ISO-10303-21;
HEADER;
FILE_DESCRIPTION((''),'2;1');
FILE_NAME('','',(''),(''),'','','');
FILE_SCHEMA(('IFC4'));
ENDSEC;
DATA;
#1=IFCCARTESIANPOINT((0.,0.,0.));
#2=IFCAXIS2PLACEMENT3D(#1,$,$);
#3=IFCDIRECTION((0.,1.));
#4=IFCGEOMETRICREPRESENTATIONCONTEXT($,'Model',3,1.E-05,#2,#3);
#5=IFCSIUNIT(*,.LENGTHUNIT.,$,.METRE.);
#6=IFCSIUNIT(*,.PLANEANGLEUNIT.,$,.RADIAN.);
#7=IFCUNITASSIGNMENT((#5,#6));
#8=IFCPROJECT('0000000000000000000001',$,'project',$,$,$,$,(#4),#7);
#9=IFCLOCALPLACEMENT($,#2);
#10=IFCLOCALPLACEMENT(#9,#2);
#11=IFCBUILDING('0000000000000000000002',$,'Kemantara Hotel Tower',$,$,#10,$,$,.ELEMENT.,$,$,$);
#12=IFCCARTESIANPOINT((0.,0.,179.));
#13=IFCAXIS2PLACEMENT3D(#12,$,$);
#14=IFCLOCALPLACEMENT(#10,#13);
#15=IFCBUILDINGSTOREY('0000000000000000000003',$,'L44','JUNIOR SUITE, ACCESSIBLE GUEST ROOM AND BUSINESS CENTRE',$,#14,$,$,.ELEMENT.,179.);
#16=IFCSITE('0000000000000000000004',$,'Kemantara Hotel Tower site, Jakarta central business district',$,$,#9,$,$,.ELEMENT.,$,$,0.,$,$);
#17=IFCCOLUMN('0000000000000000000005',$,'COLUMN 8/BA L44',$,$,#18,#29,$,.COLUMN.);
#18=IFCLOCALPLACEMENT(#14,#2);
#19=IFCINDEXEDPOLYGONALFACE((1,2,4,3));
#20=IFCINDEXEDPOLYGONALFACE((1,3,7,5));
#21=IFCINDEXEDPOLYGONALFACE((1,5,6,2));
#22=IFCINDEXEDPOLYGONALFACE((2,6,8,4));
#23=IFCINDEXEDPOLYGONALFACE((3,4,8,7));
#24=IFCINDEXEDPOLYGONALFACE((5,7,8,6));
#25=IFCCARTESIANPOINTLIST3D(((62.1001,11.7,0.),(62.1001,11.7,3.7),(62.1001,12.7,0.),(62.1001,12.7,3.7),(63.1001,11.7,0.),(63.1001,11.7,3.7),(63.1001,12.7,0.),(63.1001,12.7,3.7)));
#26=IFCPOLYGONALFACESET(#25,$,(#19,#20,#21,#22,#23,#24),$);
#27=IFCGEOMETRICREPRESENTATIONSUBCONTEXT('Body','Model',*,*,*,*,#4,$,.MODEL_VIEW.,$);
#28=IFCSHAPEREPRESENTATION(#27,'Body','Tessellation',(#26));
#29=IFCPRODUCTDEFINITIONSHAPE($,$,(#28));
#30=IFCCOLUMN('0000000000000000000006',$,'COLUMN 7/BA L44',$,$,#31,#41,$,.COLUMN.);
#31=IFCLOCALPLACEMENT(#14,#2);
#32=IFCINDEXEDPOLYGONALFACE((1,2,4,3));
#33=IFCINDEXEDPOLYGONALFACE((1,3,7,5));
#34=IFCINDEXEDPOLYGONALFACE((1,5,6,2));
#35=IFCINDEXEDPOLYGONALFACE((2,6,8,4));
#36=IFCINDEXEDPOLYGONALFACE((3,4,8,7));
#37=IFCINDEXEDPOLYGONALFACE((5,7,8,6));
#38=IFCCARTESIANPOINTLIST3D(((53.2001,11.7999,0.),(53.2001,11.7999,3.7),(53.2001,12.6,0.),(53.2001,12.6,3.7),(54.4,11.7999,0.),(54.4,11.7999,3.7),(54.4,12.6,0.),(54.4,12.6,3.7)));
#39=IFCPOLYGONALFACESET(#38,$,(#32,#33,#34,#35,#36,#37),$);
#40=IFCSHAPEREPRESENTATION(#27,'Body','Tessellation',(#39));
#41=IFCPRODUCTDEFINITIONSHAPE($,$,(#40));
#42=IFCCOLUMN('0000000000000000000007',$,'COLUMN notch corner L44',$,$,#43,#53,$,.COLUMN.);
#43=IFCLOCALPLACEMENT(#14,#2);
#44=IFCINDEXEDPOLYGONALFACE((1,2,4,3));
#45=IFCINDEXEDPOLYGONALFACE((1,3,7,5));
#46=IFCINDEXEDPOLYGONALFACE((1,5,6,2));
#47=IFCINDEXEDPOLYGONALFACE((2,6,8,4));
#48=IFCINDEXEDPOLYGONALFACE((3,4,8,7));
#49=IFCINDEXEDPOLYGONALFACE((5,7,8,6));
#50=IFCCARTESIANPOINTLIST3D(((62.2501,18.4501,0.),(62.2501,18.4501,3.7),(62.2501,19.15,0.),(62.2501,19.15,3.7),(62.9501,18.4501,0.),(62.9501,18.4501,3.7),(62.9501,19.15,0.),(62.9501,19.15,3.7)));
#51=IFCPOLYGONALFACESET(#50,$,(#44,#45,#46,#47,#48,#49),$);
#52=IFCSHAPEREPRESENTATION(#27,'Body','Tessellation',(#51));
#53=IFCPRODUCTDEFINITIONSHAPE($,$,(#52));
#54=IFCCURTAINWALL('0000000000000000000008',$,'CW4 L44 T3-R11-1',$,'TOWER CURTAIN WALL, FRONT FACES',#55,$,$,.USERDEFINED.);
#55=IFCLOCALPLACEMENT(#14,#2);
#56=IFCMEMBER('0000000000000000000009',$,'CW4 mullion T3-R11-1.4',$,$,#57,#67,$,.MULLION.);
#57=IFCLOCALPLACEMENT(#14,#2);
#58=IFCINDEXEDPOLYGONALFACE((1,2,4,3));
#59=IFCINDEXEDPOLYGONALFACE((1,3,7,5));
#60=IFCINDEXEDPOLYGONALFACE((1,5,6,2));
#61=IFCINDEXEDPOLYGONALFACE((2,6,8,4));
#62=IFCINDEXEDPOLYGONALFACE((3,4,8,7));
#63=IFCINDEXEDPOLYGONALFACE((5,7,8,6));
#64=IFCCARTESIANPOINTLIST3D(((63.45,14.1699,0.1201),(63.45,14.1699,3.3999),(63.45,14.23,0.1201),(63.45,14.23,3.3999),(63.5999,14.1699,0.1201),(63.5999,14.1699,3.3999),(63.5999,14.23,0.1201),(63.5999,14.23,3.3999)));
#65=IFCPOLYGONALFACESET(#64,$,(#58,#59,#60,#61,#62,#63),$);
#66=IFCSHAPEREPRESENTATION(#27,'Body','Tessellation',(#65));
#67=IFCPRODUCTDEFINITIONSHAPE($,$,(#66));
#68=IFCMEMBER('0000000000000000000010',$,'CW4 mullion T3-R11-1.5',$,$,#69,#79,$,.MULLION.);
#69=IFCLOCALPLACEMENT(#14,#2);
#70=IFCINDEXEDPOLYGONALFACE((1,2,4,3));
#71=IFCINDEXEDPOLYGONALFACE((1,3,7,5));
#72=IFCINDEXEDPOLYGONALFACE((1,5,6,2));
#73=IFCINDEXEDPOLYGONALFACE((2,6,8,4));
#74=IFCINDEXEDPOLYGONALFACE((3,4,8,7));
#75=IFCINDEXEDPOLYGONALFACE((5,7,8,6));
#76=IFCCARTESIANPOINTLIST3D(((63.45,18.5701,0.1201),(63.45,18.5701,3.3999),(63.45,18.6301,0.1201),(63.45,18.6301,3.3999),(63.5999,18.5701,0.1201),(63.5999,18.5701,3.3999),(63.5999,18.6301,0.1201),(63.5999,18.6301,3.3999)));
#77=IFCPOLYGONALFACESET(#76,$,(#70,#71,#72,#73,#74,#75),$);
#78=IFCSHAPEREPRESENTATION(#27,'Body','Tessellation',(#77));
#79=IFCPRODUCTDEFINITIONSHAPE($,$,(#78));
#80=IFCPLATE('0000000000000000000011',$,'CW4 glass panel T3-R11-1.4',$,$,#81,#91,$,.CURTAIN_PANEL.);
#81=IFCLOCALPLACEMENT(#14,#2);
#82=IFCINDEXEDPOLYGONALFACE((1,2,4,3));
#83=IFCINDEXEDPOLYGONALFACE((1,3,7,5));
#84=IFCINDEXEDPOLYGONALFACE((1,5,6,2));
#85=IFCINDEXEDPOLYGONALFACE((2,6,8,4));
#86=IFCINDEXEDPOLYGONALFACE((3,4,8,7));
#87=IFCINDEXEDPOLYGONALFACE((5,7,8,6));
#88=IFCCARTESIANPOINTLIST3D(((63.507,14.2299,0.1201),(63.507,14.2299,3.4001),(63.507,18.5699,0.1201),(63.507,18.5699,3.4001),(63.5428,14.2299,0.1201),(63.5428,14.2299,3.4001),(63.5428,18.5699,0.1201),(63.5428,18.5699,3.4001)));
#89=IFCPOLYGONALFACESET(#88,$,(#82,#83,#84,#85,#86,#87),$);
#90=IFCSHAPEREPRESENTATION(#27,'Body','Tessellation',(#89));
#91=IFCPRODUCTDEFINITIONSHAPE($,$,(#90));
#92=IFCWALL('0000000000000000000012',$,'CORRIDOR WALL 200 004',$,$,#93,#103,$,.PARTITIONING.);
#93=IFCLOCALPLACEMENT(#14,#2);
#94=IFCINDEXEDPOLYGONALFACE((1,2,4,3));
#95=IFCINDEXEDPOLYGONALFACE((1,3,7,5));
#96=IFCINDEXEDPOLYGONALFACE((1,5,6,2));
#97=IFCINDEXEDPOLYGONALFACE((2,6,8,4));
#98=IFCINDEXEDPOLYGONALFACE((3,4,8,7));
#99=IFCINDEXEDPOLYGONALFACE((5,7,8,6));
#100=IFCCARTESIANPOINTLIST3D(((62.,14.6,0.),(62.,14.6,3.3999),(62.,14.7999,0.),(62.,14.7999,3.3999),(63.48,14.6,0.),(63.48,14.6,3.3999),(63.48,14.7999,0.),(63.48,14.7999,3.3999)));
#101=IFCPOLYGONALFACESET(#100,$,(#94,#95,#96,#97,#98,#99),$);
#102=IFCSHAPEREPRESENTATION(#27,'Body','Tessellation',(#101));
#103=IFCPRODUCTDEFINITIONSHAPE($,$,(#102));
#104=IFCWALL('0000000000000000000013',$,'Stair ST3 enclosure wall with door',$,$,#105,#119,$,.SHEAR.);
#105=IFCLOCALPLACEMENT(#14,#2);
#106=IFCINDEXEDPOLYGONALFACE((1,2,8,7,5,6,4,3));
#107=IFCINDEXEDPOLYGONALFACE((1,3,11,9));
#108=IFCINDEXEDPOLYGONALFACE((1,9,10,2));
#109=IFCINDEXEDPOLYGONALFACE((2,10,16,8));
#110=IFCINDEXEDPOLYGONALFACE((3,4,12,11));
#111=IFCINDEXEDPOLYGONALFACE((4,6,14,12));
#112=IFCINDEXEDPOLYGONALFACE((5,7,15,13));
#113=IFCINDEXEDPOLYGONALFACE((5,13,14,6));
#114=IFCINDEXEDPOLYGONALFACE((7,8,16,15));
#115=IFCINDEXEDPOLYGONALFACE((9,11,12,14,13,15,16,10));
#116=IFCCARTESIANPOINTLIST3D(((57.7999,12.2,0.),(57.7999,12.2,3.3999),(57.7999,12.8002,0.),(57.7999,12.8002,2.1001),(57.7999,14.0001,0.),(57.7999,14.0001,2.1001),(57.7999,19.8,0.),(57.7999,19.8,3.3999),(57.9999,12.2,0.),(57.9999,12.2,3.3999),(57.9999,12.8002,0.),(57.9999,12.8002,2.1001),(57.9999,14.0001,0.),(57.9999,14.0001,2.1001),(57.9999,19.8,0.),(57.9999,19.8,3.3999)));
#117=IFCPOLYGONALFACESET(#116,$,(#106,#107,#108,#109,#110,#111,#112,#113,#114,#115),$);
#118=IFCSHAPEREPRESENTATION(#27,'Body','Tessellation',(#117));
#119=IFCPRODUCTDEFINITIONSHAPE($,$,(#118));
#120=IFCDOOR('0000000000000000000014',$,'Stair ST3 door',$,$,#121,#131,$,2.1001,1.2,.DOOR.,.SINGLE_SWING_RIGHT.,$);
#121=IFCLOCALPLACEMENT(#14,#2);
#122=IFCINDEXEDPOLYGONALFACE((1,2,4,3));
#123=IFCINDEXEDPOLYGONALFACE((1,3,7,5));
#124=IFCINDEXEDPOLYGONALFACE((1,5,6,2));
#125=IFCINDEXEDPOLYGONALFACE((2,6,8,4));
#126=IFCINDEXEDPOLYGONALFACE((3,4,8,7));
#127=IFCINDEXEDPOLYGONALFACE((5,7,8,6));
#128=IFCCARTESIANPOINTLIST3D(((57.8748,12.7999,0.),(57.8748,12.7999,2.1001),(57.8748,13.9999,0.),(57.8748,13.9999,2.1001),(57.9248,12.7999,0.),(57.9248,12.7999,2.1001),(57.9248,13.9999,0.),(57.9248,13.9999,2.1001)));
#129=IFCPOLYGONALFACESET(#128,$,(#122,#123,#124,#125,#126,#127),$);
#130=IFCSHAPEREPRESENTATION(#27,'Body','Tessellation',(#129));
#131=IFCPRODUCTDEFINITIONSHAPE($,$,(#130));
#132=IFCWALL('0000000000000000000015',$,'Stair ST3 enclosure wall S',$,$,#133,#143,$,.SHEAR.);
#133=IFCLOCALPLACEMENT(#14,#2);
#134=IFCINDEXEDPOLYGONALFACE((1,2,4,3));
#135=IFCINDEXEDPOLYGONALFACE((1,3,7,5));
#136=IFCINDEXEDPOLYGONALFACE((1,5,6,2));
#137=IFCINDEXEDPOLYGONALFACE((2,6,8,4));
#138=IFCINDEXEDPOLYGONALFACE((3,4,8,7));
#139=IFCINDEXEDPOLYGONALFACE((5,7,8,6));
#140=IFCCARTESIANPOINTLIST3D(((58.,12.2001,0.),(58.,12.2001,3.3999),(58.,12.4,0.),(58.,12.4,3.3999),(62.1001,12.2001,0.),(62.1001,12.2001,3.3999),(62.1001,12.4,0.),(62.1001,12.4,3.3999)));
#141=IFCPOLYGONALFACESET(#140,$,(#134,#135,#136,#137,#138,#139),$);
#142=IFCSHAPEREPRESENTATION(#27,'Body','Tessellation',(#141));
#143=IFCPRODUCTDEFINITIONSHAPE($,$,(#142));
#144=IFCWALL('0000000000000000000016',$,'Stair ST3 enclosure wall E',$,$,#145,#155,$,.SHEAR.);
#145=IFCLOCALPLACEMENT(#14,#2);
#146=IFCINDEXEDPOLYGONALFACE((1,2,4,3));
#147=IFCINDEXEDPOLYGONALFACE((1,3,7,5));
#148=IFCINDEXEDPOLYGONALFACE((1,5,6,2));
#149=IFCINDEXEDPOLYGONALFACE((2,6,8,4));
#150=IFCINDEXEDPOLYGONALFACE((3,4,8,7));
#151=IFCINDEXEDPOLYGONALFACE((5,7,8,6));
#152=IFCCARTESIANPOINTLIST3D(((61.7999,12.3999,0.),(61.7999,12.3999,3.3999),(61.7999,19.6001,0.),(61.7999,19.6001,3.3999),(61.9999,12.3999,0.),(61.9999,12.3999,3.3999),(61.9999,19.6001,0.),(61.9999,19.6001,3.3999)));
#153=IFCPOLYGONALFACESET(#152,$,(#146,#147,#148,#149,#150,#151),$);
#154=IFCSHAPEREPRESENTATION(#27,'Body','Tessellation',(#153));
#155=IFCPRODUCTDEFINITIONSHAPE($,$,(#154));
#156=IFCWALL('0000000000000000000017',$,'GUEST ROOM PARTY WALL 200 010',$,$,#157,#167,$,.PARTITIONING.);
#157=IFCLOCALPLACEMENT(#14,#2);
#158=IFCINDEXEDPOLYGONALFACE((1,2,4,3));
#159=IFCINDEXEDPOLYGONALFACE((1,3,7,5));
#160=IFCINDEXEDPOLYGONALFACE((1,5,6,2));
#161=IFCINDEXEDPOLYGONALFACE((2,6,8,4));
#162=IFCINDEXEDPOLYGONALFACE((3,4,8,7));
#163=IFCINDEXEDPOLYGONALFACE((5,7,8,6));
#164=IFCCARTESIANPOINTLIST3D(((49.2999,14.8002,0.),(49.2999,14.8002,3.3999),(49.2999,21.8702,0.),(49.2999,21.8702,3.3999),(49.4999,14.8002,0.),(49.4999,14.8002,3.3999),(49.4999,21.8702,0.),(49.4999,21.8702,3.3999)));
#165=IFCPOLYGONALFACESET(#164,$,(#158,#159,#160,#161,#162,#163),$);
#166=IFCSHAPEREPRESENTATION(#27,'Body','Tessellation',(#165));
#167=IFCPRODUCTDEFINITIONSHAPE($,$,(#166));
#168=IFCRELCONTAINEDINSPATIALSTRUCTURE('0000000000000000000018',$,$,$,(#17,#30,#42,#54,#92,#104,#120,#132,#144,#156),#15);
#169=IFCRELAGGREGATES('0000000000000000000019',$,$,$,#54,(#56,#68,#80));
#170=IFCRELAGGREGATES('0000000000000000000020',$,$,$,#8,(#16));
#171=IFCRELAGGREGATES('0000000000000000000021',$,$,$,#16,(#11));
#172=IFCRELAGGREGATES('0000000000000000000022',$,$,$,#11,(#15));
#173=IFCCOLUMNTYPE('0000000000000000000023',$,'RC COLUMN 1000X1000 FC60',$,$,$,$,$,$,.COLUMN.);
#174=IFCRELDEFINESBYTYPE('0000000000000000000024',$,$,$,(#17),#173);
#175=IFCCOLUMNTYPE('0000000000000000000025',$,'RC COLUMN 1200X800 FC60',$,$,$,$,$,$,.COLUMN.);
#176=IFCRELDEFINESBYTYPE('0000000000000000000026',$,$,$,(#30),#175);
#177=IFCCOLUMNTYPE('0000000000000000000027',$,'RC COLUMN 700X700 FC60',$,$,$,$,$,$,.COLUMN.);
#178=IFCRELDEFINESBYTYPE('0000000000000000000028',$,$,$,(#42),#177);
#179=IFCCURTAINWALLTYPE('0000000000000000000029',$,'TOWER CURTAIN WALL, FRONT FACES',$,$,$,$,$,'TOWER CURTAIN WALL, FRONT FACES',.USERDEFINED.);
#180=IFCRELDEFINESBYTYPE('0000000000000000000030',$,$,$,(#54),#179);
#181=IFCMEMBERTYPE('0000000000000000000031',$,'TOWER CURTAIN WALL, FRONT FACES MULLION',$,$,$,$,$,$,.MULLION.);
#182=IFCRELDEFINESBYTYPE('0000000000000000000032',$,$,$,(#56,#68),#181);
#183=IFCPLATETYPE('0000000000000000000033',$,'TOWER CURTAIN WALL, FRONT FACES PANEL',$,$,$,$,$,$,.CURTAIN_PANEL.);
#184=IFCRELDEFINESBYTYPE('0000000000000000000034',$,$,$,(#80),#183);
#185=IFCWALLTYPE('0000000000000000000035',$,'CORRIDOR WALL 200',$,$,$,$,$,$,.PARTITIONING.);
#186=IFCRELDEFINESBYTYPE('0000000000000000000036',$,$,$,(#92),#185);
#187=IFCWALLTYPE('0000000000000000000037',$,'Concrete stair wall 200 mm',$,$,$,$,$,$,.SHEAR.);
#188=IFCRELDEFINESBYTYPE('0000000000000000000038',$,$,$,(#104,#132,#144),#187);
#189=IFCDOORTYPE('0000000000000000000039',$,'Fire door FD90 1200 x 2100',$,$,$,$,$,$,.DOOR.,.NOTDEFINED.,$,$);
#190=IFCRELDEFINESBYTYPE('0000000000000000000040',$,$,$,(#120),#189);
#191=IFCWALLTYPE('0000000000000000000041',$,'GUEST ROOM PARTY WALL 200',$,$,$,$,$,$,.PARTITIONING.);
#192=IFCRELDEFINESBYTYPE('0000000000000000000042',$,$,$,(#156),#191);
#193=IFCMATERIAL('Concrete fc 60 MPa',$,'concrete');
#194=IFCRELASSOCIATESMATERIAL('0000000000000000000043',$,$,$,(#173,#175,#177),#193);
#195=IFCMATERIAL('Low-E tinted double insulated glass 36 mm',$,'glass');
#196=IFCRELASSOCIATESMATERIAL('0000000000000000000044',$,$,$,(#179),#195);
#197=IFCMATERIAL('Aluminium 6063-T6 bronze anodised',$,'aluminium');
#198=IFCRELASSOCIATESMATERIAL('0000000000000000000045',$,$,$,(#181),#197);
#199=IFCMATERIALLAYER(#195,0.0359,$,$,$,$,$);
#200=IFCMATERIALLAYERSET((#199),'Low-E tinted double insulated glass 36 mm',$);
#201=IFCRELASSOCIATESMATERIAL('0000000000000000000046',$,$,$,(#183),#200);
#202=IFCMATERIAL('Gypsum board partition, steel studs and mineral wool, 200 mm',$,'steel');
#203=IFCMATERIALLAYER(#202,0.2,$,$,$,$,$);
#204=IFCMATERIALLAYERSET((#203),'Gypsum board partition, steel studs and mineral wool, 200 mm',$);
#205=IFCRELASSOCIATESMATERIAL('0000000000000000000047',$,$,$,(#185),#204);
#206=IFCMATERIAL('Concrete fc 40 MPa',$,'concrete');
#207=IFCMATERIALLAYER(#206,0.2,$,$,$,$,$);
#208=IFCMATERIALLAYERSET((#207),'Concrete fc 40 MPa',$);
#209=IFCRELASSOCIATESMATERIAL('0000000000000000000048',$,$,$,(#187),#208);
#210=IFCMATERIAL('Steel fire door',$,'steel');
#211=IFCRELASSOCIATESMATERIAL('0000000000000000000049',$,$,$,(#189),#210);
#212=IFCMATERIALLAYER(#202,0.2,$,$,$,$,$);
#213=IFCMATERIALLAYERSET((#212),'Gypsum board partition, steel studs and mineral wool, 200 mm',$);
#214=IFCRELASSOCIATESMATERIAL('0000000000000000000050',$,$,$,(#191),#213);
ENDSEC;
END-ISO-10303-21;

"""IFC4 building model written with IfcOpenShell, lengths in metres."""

from ifc_helpers import new_model, si_unit, direction, frame, frame_2d, origin, origin_2d, place, context, subcontext, project, spatial, rectangle, extrude, source, transform, mapped, material, layer, layer_set, material_profile, profile_set, type_object, element, fill, aggregate, save


model = new_model("IFC4")

# Units and contexts
model_context = context("Model", 3, precision=1e-05, world=origin(), true_north=direction((0.0, 1.0)))
body_context = subcontext(model_context, "Body", "Model", "MODEL_VIEW")
ifc_project = project(units=[si_unit("LENGTHUNIT", "METRE"), si_unit("PLANEANGLEUNIT", "RADIAN")], contexts=[model_context])

# Site, building, storey
site_placement = place(None, origin())
site = spatial("IfcSite", under=ifc_project, at=site_placement, Name="Kemantara Hotel Tower site, Jakarta central business district", CompositionType="ELEMENT", RefElevation=0.0)
building_placement = place(site_placement, origin())
building = spatial("IfcBuilding", under=site, at=building_placement, Name="Kemantara Hotel Tower", CompositionType="ELEMENT")
storey_placement = place(building_placement, frame((0.0, 0.0, 179.0)))
storey = spatial("IfcBuildingStorey", under=building, at=storey_placement, Name="L44", Description="JUNIOR SUITE, ACCESSIBLE GUEST ROOM AND BUSINESS CENTRE", CompositionType="ELEMENT", Elevation=179.0)

# Columns
ifc_material_1 = material(Name="Concrete fc 60 MPa", Category="concrete")
ifc_material_profile_1 = material_profile(ifc_material_1, rectangle(XDim=1.0, YDim=1.0, at=origin_2d()), Name="RC 1000X1000")
ifc_profile_set_1 = profile_set([ifc_material_profile_1], Name="Concrete fc 60 MPa")
column_type_1 = type_object("IfcColumnType", Name="RC COLUMN 1000X1000 FC60", PredefinedType="COLUMN", material=ifc_profile_set_1)
column_1_placement = place(storey_placement, frame((62.6001, 12.2, 0.0), z_axis=(0.0, 0.0, 1.0), x_axis=(1.0, 0.0, 0.0)))
element("IfcColumn", 1, at=column_1_placement, inside=storey, type_object=column_type_1, Name="COLUMN 8/BA L44", PredefinedType="COLUMN", context=body_context, shape_type="SweptSolid", body=[
    extrude(rectangle(XDim=1.0, YDim=1.0, at=origin_2d()), origin(), (0.0, 0.0, 1.0), 3.7),
])
ifc_material_profile_2 = material_profile(ifc_material_1, rectangle(XDim=1.2, YDim=0.8, at=origin_2d()), Name="RC 1200X800")
ifc_profile_set_2 = profile_set([ifc_material_profile_2], Name="Concrete fc 60 MPa")
column_type_2 = type_object("IfcColumnType", Name="RC COLUMN 1200X800 FC60", PredefinedType="COLUMN", material=ifc_profile_set_2)
column_2_placement = place(storey_placement, frame((53.8, 12.2, 0.0), z_axis=(0.0, 0.0, 1.0), x_axis=(1.0, 0.0, 0.0)))
element("IfcColumn", 2, at=column_2_placement, inside=storey, type_object=column_type_2, Name="COLUMN 7/BA L44", PredefinedType="COLUMN", context=body_context, shape_type="SweptSolid", body=[
    extrude(rectangle(XDim=1.2, YDim=0.8, at=origin_2d()), origin(), (0.0, 0.0, 1.0), 3.7),
])
ifc_material_profile_3 = material_profile(ifc_material_1, rectangle(XDim=0.7, YDim=0.7, at=origin_2d()), Name="RC 700X700")
ifc_profile_set_3 = profile_set([ifc_material_profile_3], Name="Concrete fc 60 MPa")
column_type_3 = type_object("IfcColumnType", Name="RC COLUMN 700X700 FC60", PredefinedType="COLUMN", material=ifc_profile_set_3)
column_3_placement = place(storey_placement, frame((62.6001, 18.8, 0.0), z_axis=(0.0, 0.0, 1.0), x_axis=(1.0, 0.0, 0.0)))
element("IfcColumn", 3, at=column_3_placement, inside=storey, type_object=column_type_3, Name="COLUMN notch corner L44", PredefinedType="COLUMN", context=body_context, shape_type="SweptSolid", body=[
    extrude(rectangle(XDim=0.7, YDim=0.7, at=origin_2d()), origin(), (0.0, 0.0, 1.0), 3.7),
])

# Curtain wall, members, plate
ifc_material_2 = material(Name="Low-E tinted double insulated glass 36 mm", Category="glass")
curtain_wall_type = type_object("IfcCurtainWallType", Name="TOWER CURTAIN WALL, FRONT FACES", ElementType="TOWER CURTAIN WALL, FRONT FACES", PredefinedType="USERDEFINED", material=ifc_material_2)
curtain_wall_placement = place(storey_placement, origin())
curtain_wall = element("IfcCurtainWall", 4, at=curtain_wall_placement, inside=storey, type_object=curtain_wall_type, Name="CW4 L44 T3-R11-1", ObjectType="TOWER CURTAIN WALL, FRONT FACES", PredefinedType="USERDEFINED")
ifc_material_3 = material(Name="Aluminium 6063-T6 bronze anodised", Category="aluminium")
ifc_material_profile_4 = material_profile(ifc_material_3, rectangle(XDim=0.1499, YDim=0.0601, at=origin_2d()), Name="TOWER CURTAIN WALL, FRONT FACES MULLION")
ifc_profile_set_4 = profile_set([ifc_material_profile_4], Name="Aluminium 6063-T6 bronze anodised")
member_type = type_object("IfcMemberType", Name="TOWER CURTAIN WALL, FRONT FACES MULLION", PredefinedType="MULLION", material=ifc_profile_set_4)
shared_shape_1 = source(origin(), body_context, "Body", "SweptSolid", [
    extrude(rectangle(XDim=0.1499, YDim=0.0601, at=origin_2d()), origin(), (0.0, 0.0, 1.0), 3.2798),
])
member_1_placement = place(storey_placement, frame((63.5249, 14.2, 0.1201), z_axis=(0.0, 0.0, 1.0), x_axis=(-1.0, 0.0, 0.0)))
member_1 = element("IfcMember", 5, at=member_1_placement, type_object=member_type, Name="CW4 mullion T3-R11-1.4", PredefinedType="MULLION", context=body_context, shape_type="MappedRepresentation", body=[
    mapped(shared_shape_1, transform((0.0, 0.0, 0.0))),
])
member_2_placement = place(storey_placement, frame((63.5249, 18.6001, 0.1201), z_axis=(0.0, 0.0, 1.0), x_axis=(-1.0, 0.0, 0.0)))
member_2 = element("IfcMember", 6, at=member_2_placement, type_object=member_type, Name="CW4 mullion T3-R11-1.5", PredefinedType="MULLION", context=body_context, shape_type="MappedRepresentation", body=[
    mapped(shared_shape_1, transform((0.0, 0.0, 0.0))),
])
ifc_layer_1 = layer(ifc_material_2, 0.0359)
ifc_layer_set_1 = layer_set([ifc_layer_1], Name="Low-E tinted double insulated glass 36 mm")
plate_type = type_object("IfcPlateType", Name="TOWER CURTAIN WALL, FRONT FACES PANEL", PredefinedType="CURTAIN_PANEL", material=ifc_layer_set_1)
shared_shape_2 = source(origin(), body_context, "Body", "SweptSolid", [
    extrude(rectangle(XDim=4.3401, YDim=0.0359, at=origin_2d()), origin(), (0.0, 0.0, 1.0), 3.28),
])
plate_placement = place(storey_placement, frame((63.5249, 16.3999, 0.1201), z_axis=(0.0, 0.0, 1.0), x_axis=(0.0, 1.0, 0.0)))
plate = element("IfcPlate", 7, at=plate_placement, type_object=plate_type, Name="CW4 glass panel T3-R11-1.4", PredefinedType="CURTAIN_PANEL", context=body_context, shape_type="MappedRepresentation", body=[
    mapped(shared_shape_2, transform((0.0, 0.0, 0.0))),
])
aggregate(curtain_wall, [member_1, member_2, plate])

# Wall
ifc_material_4 = material(Name="Gypsum board partition, steel studs and mineral wool, 200 mm", Category="steel")
ifc_layer_2 = layer(ifc_material_4, 0.2)
ifc_layer_set_2 = layer_set([ifc_layer_2], Name="Gypsum board partition, steel studs and mineral wool, 200 mm")
wall_type_1 = type_object("IfcWallType", Name="CORRIDOR WALL 200", PredefinedType="PARTITIONING", material=ifc_layer_set_2)
wall_1_placement = place(storey_placement, frame((62.0, 14.7, 0.0), z_axis=(0.0, 0.0, 1.0), x_axis=(1.0, 0.0, 0.0)))
element("IfcWall", 8, at=wall_1_placement, inside=storey, type_object=wall_type_1, Name="CORRIDOR WALL 200 004", PredefinedType="PARTITIONING", context=body_context, shape_type="SweptSolid", body=[
    extrude(rectangle(XDim=1.48, YDim=0.2, at=frame_2d((0.74, 0.0))), origin(), (0.0, 0.0, 1.0), 3.3999),
])

# Wall, opening, door
ifc_material_5 = material(Name="Concrete fc 40 MPa", Category="concrete")
ifc_layer_3 = layer(ifc_material_5, 0.2)
ifc_layer_set_3 = layer_set([ifc_layer_3], Name="Concrete fc 40 MPa")
wall_type_2 = type_object("IfcWallType", Name="Concrete stair wall 200 mm", PredefinedType="SHEAR", material=ifc_layer_set_3)
wall_2_placement = place(storey_placement, frame((57.8999, 12.2, 0.0), z_axis=(0.0, 0.0, 1.0), x_axis=(0.0, 1.0, 0.0)))
wall_2 = element("IfcWall", 9, at=wall_2_placement, inside=storey, type_object=wall_type_2, Name="Stair ST3 enclosure wall with door", PredefinedType="SHEAR", context=body_context, shape_type="SweptSolid", body=[
    extrude(rectangle(XDim=7.6001, YDim=0.2, at=frame_2d((3.8, 0.0))), origin(), (0.0, 0.0, 1.0), 3.3999),
])
opening_1_placement = place(wall_2_placement, frame((0.6001, 0.0, 0.0)))
opening_1 = element("IfcOpeningElement", 10, at=opening_1_placement, cuts=wall_2, PredefinedType="OPENING", context=body_context, shape_type="SweptSolid", body=[
    extrude(rectangle(XDim=1.2, YDim=2.1001, at=frame_2d((0.6001, 1.05))), frame((0.0, 0.1099, 0.0), z_axis=(0.0, -1.0, 0.0), x_axis=(1.0, 0.0, 0.0)), (0.0, 0.0, 1.0), 0.22),
])
ifc_material_6 = material(Name="Steel fire door", Category="steel")
door_type_1 = type_object("IfcDoorType", Name="Fire door FD90 1200 x 2100", OperationType="NOTDEFINED", PredefinedType="DOOR", material=ifc_material_6)
door_1_placement = place(opening_1_placement, frame((1.2, 0.0, 0.0), z_axis=(0.0, 0.0, 1.0), x_axis=(-1.0, 0.0, 0.0)))
door_1 = element("IfcDoor", 11, at=door_1_placement, inside=storey, type_object=door_type_1, Name="Stair ST3 door", OperationType="SINGLE_SWING_RIGHT", OverallHeight=2.1001, OverallWidth=1.2, PredefinedType="DOOR", context=body_context, shape_type="SweptSolid", body=[
    extrude(rectangle(XDim=1.2, YDim=2.1001, at=frame_2d((0.6001, 1.05))), frame((0.0, 0.0249, 0.0), z_axis=(0.0, -1.0, 0.0), x_axis=(1.0, 0.0, 0.0)), (0.0, 0.0, 1.0), 0.05),
])
fill(opening_1, door_1)

# Walls
wall_3_placement = place(storey_placement, frame((58.0, 12.3, 0.0), z_axis=(0.0, 0.0, 1.0), x_axis=(1.0, 0.0, 0.0)))
element("IfcWall", 12, at=wall_3_placement, inside=storey, type_object=wall_type_2, Name="Stair ST3 enclosure wall S", PredefinedType="SHEAR", context=body_context, shape_type="SweptSolid", body=[
    extrude(rectangle(XDim=4.1001, YDim=0.2, at=frame_2d((2.05, 0.0))), origin(), (0.0, 0.0, 1.0), 3.3999),
])
wall_4_placement = place(storey_placement, frame((61.8999, 12.3999, 0.0), z_axis=(0.0, 0.0, 1.0), x_axis=(0.0, 1.0, 0.0)))
element("IfcWall", 13, at=wall_4_placement, inside=storey, type_object=wall_type_2, Name="Stair ST3 enclosure wall E", PredefinedType="SHEAR", context=body_context, shape_type="SweptSolid", body=[
    extrude(rectangle(XDim=7.2002, YDim=0.2, at=frame_2d((3.6001, 0.0))), origin(), (0.0, 0.0, 1.0), 3.3999),
])
ifc_layer_4 = layer(ifc_material_4, 0.2)
ifc_layer_set_4 = layer_set([ifc_layer_4], Name="Gypsum board partition, steel studs and mineral wool, 200 mm")
wall_type_3 = type_object("IfcWallType", Name="GUEST ROOM PARTY WALL 200", PredefinedType="PARTITIONING", material=ifc_layer_set_4)
wall_5_placement = place(storey_placement, frame((49.3999, 14.8, 0.0), z_axis=(0.0, 0.0, 1.0), x_axis=(0.0, 1.0, 0.0)))
element("IfcWall", 14, at=wall_5_placement, inside=storey, type_object=wall_type_3, Name="GUEST ROOM PARTY WALL 200 010", PredefinedType="PARTITIONING", context=body_context, shape_type="SweptSolid", body=[
    extrude(rectangle(XDim=7.0701, YDim=0.2, at=frame_2d((3.5352, 0.0))), origin(), (0.0, 0.0, 1.0), 3.3999),
])

save(model, "model.ifc")
